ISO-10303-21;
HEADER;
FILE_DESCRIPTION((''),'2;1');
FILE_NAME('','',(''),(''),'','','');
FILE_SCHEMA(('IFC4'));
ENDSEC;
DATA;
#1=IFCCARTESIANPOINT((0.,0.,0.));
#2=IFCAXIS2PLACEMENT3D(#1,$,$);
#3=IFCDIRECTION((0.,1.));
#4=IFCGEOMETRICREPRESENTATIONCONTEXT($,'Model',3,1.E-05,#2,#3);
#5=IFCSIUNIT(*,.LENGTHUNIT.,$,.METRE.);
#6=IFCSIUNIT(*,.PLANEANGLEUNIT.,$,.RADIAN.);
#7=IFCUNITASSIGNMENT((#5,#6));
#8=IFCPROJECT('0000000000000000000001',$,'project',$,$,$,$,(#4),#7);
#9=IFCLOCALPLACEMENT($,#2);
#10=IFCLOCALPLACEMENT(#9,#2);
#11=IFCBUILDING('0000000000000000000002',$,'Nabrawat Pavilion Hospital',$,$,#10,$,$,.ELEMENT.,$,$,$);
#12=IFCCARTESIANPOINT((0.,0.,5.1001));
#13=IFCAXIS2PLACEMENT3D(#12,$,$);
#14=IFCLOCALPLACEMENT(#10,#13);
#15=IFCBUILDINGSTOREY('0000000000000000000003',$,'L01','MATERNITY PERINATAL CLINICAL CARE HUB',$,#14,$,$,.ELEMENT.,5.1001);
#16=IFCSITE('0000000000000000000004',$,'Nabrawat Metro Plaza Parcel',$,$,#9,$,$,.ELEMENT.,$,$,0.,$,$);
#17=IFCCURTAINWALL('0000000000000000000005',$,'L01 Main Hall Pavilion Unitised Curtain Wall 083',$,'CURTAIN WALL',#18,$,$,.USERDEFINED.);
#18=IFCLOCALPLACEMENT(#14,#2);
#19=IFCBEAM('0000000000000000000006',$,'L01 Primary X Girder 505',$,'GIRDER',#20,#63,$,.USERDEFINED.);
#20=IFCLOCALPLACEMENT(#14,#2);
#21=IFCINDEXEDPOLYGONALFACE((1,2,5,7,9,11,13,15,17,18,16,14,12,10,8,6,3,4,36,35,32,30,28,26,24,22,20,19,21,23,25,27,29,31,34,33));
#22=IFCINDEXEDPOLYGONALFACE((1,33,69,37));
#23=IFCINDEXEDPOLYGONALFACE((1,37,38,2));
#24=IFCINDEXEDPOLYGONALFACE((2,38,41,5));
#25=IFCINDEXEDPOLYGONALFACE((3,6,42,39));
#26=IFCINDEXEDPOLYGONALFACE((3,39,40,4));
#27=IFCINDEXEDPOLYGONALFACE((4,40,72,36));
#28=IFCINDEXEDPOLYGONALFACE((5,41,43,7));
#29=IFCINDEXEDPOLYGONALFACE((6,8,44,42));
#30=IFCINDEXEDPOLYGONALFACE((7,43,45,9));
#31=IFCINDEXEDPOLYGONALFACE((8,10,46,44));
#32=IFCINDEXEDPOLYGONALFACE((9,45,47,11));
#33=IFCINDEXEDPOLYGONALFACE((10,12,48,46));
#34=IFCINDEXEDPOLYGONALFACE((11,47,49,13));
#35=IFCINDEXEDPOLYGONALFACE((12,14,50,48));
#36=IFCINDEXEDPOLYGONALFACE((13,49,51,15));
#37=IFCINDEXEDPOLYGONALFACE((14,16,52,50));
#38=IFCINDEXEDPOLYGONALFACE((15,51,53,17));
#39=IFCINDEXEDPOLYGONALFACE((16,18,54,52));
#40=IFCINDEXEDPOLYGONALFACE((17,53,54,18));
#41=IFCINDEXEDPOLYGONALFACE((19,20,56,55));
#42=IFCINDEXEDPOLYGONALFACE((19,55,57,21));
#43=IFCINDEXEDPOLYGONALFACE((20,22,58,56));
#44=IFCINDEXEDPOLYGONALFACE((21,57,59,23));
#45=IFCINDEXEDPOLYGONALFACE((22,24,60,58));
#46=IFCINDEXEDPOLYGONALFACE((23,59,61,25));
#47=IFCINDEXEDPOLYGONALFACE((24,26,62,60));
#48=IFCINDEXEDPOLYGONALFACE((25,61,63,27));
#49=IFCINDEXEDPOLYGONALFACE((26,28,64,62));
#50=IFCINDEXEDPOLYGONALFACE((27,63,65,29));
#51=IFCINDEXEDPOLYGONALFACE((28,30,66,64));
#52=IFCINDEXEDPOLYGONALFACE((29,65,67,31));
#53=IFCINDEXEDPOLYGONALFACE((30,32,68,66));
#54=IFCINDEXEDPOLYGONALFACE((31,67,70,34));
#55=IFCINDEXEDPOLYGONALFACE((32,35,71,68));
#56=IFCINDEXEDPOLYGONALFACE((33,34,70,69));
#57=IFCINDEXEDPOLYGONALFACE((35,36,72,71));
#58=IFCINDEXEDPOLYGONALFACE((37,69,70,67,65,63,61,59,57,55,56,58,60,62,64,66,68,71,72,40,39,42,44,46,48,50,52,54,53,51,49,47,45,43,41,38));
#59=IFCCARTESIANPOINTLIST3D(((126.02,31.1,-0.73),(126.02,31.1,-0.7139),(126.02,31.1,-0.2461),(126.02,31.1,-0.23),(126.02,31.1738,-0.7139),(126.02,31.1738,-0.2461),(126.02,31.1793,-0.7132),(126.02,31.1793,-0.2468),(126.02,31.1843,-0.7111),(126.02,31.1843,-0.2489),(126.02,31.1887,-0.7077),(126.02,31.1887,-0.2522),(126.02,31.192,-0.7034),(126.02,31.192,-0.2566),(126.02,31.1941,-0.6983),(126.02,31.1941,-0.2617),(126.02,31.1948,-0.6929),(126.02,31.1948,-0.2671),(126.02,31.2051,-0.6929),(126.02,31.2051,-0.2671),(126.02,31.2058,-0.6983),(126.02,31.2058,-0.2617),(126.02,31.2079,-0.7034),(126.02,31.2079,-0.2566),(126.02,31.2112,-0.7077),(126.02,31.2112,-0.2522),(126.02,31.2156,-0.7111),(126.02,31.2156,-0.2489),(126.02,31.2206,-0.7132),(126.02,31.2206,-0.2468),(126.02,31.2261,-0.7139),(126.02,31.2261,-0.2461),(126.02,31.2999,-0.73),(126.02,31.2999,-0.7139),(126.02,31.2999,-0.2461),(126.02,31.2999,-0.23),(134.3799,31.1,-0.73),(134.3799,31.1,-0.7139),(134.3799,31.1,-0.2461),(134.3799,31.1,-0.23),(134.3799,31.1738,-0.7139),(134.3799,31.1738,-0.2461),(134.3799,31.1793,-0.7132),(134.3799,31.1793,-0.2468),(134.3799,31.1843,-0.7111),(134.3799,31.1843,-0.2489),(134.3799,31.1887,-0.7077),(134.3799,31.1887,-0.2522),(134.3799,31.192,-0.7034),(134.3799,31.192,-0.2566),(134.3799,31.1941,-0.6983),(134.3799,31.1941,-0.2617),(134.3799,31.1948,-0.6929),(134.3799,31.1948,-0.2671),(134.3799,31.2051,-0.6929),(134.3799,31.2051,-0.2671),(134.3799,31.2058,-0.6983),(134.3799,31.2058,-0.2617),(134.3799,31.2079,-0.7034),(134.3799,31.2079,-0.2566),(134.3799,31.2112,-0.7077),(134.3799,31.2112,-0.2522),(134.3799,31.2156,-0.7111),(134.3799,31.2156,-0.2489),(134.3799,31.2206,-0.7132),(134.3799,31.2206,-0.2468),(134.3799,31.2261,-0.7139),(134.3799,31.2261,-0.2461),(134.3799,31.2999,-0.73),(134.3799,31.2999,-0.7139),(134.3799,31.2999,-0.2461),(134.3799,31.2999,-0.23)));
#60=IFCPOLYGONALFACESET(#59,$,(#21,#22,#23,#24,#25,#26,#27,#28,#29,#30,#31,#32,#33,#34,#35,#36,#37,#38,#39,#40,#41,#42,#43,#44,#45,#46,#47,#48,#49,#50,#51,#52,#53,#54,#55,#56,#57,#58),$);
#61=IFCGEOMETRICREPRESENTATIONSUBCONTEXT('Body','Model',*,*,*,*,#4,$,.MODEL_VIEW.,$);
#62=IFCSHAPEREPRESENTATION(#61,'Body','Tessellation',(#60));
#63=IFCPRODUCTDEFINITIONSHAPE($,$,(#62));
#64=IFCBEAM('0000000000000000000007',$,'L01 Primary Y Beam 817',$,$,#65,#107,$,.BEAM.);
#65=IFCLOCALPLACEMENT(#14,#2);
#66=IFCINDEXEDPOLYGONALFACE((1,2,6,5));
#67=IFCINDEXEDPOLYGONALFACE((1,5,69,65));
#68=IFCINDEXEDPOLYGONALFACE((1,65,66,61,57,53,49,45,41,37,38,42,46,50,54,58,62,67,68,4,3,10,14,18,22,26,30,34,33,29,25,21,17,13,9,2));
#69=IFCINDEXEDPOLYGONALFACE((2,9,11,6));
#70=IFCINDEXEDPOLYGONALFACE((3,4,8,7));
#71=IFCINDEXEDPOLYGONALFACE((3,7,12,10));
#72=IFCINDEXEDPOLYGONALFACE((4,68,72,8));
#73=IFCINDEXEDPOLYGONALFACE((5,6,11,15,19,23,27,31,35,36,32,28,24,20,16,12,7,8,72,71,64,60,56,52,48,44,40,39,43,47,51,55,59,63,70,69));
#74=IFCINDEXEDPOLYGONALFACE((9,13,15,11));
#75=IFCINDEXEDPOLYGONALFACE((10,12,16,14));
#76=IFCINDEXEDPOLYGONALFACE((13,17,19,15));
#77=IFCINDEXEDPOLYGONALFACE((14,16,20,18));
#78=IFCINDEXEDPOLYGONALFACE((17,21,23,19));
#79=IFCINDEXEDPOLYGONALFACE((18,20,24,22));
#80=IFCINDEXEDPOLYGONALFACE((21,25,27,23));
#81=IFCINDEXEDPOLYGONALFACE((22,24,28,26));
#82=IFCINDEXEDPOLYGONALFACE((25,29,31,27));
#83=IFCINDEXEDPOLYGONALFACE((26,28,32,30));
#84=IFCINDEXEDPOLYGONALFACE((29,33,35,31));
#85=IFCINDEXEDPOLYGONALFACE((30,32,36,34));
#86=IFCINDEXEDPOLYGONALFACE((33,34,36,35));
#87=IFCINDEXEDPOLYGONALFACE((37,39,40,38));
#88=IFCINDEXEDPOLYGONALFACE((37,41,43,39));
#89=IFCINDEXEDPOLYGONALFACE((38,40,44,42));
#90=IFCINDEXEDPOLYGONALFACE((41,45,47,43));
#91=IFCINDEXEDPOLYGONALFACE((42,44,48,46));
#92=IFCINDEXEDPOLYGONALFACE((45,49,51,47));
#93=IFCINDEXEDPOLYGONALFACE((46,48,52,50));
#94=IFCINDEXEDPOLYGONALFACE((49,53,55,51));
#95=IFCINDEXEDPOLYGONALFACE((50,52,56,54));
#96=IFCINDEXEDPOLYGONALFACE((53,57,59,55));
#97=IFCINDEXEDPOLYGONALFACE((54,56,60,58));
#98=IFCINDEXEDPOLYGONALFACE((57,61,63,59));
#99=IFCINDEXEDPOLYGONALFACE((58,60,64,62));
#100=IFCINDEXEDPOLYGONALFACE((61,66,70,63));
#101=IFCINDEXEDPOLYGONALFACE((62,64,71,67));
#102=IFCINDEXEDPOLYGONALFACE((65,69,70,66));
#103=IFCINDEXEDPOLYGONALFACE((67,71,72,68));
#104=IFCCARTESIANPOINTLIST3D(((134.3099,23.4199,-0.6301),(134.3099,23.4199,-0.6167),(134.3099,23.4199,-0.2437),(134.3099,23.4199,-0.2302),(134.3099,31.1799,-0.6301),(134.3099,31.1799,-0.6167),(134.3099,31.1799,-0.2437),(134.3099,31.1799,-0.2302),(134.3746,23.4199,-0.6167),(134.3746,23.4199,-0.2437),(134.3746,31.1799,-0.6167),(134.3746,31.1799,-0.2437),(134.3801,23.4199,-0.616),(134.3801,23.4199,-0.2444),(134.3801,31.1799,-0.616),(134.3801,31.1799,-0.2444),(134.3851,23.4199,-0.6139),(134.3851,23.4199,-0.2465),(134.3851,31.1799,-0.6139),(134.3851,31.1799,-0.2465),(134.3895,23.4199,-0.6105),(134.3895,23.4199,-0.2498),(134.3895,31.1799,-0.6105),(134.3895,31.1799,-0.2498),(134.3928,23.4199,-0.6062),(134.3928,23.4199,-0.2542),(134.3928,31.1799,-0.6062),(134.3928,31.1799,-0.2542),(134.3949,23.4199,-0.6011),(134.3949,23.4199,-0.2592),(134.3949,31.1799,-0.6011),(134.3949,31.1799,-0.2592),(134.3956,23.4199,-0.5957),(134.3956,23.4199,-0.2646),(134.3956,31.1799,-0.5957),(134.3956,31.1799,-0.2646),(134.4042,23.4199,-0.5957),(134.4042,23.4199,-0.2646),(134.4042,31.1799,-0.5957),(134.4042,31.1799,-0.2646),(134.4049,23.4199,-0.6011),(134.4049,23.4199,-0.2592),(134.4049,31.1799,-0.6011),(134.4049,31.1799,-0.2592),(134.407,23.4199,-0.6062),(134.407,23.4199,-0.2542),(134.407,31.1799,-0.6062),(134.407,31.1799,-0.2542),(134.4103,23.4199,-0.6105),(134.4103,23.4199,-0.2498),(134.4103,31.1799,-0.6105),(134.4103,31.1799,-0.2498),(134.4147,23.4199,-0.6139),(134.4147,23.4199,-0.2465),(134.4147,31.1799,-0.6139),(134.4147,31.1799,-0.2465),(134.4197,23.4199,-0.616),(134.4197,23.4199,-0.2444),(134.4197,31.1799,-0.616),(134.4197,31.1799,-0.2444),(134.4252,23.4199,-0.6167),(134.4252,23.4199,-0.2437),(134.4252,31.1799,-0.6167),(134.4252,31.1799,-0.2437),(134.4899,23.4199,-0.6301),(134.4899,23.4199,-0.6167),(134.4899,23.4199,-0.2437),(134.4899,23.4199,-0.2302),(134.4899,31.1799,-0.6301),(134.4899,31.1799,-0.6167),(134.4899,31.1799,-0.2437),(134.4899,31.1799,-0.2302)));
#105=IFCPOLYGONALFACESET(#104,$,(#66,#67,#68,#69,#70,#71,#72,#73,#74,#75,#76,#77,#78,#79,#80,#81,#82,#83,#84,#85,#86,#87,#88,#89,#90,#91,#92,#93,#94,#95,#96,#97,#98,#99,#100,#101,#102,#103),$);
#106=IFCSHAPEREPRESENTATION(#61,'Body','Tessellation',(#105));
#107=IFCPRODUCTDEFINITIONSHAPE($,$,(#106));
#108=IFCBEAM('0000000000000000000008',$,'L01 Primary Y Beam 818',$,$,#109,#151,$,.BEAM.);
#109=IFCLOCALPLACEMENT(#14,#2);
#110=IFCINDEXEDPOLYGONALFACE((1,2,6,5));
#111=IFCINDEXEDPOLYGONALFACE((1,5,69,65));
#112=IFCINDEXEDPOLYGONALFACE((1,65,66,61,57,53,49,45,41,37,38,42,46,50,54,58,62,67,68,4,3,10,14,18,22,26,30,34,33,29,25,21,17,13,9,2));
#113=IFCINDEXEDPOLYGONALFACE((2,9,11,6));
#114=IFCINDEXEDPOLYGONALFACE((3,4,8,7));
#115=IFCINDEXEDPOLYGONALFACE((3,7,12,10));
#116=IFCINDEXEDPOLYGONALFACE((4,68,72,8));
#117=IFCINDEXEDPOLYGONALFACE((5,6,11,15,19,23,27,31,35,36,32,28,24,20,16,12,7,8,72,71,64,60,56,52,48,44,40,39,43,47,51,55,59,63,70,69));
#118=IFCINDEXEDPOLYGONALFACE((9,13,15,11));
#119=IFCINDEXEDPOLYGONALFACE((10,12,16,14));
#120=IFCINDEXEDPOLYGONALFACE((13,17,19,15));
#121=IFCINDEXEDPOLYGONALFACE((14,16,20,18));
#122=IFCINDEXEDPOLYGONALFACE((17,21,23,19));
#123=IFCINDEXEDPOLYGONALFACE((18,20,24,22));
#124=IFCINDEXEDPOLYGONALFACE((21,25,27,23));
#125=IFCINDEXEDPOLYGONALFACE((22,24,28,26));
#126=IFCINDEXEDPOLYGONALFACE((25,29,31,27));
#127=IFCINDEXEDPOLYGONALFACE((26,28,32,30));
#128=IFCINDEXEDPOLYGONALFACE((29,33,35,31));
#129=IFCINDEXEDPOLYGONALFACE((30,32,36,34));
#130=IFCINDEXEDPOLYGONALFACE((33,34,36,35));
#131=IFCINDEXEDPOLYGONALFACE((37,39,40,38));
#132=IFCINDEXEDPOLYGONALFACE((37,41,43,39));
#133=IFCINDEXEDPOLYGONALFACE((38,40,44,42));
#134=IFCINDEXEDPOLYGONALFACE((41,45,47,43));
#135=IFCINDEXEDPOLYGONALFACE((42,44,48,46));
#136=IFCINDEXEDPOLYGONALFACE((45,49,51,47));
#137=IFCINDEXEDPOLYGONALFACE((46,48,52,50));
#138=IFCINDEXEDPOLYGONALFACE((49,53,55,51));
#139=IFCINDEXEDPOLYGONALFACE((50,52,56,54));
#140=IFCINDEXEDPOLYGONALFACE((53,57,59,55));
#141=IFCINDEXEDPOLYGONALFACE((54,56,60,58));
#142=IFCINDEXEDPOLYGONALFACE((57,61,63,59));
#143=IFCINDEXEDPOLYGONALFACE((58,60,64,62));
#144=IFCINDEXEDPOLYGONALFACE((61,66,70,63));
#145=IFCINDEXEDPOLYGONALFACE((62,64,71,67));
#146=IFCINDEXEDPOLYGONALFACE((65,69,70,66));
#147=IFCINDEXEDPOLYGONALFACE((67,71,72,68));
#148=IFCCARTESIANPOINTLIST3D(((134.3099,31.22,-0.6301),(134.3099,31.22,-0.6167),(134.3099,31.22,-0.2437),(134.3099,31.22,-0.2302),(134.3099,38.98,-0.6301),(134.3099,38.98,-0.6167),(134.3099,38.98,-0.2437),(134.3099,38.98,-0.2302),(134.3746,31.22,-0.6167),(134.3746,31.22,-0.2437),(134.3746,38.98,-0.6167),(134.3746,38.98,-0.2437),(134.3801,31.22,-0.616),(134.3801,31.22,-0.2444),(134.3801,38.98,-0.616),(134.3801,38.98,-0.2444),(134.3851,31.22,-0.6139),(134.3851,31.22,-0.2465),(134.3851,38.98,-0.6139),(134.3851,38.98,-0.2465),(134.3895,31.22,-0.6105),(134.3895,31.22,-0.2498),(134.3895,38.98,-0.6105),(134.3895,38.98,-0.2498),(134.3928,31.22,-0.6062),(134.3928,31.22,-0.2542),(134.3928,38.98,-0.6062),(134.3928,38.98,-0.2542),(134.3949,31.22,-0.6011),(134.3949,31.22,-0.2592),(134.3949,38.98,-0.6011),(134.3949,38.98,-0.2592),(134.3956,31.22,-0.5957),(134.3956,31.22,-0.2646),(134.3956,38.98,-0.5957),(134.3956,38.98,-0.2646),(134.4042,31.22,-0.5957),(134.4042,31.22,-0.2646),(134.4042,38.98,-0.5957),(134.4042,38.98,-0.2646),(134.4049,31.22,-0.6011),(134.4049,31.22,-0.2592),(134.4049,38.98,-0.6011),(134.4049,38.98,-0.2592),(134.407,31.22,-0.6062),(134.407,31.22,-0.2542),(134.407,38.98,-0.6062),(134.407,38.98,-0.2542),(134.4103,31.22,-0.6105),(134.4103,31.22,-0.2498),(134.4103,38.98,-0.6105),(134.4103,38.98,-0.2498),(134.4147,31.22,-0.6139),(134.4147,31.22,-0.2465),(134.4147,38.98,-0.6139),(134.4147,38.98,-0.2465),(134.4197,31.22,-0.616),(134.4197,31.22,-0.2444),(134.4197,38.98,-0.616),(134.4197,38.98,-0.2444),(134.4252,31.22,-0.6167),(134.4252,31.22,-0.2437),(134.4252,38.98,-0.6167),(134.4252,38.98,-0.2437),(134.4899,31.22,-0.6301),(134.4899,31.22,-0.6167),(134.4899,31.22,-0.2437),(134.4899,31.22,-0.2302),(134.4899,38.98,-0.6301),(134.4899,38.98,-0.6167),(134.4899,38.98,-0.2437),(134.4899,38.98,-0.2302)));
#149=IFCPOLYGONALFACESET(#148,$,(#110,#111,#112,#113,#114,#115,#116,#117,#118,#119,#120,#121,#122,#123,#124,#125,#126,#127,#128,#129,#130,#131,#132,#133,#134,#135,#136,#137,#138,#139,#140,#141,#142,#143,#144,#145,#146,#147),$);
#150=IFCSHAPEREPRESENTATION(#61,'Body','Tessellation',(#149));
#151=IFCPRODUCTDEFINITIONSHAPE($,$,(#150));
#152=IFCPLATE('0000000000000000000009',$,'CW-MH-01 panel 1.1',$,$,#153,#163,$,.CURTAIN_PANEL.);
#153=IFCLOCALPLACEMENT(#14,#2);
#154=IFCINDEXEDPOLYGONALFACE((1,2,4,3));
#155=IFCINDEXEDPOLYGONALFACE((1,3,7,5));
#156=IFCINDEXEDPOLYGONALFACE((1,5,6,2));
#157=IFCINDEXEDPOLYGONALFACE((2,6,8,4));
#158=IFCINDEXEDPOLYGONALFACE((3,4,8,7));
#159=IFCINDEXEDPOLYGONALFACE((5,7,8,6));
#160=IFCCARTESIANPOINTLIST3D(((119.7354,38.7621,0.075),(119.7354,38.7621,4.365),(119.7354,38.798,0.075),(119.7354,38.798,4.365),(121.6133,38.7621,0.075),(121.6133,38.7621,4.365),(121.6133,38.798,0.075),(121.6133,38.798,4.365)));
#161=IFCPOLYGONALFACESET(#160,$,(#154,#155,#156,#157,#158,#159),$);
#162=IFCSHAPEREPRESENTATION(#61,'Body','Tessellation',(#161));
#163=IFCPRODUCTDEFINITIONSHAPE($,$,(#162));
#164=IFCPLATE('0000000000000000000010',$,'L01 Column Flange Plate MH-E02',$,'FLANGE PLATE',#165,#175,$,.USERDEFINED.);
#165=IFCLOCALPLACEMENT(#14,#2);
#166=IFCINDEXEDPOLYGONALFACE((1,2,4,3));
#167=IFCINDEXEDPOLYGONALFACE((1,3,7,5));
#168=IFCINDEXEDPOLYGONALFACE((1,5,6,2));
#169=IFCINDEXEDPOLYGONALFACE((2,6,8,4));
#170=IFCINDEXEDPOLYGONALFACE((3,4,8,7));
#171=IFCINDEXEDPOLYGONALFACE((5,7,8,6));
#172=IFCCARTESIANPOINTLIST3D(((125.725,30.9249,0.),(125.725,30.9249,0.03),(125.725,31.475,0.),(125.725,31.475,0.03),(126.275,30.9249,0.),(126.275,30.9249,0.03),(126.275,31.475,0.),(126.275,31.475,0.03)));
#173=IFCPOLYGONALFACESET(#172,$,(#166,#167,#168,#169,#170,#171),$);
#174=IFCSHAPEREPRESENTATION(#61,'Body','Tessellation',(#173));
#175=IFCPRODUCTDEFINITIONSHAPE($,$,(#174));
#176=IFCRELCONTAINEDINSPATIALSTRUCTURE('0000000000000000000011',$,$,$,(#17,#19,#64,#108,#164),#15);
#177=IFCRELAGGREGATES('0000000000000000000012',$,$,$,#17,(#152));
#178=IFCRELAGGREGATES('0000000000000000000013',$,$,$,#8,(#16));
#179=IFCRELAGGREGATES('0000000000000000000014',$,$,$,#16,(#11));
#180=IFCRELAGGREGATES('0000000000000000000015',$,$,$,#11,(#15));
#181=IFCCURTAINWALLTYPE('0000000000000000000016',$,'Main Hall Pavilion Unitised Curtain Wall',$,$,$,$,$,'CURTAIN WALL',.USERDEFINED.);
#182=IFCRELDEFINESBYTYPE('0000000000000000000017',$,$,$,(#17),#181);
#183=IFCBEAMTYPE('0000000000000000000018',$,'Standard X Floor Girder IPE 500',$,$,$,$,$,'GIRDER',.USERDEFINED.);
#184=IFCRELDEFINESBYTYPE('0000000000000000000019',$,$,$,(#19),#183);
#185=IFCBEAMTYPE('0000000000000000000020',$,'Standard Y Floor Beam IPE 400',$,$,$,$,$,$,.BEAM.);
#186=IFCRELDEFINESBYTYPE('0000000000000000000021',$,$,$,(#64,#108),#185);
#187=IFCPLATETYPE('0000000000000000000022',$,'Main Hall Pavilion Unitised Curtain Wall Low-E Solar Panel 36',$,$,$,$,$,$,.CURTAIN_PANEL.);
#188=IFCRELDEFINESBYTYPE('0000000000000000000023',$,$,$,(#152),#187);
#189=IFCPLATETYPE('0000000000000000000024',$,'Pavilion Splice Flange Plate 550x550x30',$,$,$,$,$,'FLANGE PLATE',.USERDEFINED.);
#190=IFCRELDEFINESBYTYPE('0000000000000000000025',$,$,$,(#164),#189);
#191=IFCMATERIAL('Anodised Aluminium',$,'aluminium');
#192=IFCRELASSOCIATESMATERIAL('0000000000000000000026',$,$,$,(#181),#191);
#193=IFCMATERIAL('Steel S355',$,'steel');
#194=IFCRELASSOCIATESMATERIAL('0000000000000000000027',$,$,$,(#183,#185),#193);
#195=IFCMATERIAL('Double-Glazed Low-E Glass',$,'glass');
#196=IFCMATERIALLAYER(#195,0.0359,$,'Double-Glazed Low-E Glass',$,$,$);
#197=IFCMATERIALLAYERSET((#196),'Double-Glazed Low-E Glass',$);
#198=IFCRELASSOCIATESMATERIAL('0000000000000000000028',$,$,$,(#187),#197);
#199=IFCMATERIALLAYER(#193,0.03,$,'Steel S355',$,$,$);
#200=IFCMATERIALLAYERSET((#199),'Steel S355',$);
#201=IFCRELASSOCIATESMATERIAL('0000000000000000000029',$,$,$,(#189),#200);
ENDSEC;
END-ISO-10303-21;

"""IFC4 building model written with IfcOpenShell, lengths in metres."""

from ifc_helpers import new_model, si_unit, direction, frame, origin, origin_2d, place, context, subcontext, project, spatial, rectangle, i_section, extrude, material, layer, layer_set, material_profile, profile_set, type_object, element, aggregate, save


model = new_model("IFC4")

# Units and contexts
model_context = context("Model", 3, precision=1e-05, world=origin(), true_north=direction((0.0, 1.0)))
body_context = subcontext(model_context, "Body", "Model", "MODEL_VIEW")
ifc_project = project(units=[si_unit("LENGTHUNIT", "METRE"), si_unit("PLANEANGLEUNIT", "RADIAN")], contexts=[model_context])

# Site, building, storey
site_placement = place(None, origin())
site = spatial("IfcSite", under=ifc_project, at=site_placement, Name="Nabrawat Metro Plaza Parcel", CompositionType="ELEMENT", RefElevation=0.0)
building_placement = place(site_placement, origin())
building = spatial("IfcBuilding", under=site, at=building_placement, Name="Nabrawat Pavilion Hospital", CompositionType="ELEMENT")
storey_placement = place(building_placement, frame((0.0, 0.0, 5.1001)))
storey = spatial("IfcBuildingStorey", under=building, at=storey_placement, Name="L01", Description="MATERNITY PERINATAL CLINICAL CARE HUB", CompositionType="ELEMENT", Elevation=5.1001)

# Shared definitions
ifc_material_1 = material(Name="Steel S355", Category="steel")

# Curtain wall
ifc_material_2 = material(Name="Anodised Aluminium", Category="aluminium")
curtain_wall_type = type_object("IfcCurtainWallType", Name="Main Hall Pavilion Unitised Curtain Wall", ElementType="CURTAIN WALL", PredefinedType="USERDEFINED", material=ifc_material_2)
curtain_wall_placement = place(storey_placement, origin())
curtain_wall = element("IfcCurtainWall", 1, at=curtain_wall_placement, inside=storey, type_object=curtain_wall_type, Name="L01 Main Hall Pavilion Unitised Curtain Wall 083", ObjectType="CURTAIN WALL", PredefinedType="USERDEFINED")

# Beams
ifc_material_profile_1 = material_profile(ifc_material_1, i_section(OverallWidth=0.2, OverallDepth=0.5, WebThickness=0.0103, FlangeThickness=0.0161, FilletRadius=0.021, at=origin_2d()), Name="IPE 500")
ifc_profile_set_1 = profile_set([ifc_material_profile_1], Name="Steel S355")
beam_type_1 = type_object("IfcBeamType", Name="Standard X Floor Girder IPE 500", ElementType="GIRDER", PredefinedType="USERDEFINED", material=ifc_profile_set_1)
for number, where, z_axis, x_axis, name in (
    (2, (126.02, 31.2, -0.48), (1.0, 0.0, 0.0), (0.0, 1.0, 0.0), "L01 Primary X Girder 505"),
):
    element("IfcBeam", number, at=place(storey_placement, frame(where, z_axis=z_axis, x_axis=x_axis)), inside=storey, type_object=beam_type_1, Name=name, ObjectType="GIRDER", PredefinedType="USERDEFINED", context=body_context, shape_type="SweptSolid", body=[
        extrude(i_section(OverallWidth=0.2, OverallDepth=0.5, WebThickness=0.0103, FlangeThickness=0.0161, FilletRadius=0.021, at=origin_2d()), origin(), (0.0, 0.0, 1.0), 8.3599),
    ])
ifc_material_profile_2 = material_profile(ifc_material_1, i_section(OverallWidth=0.1799, OverallDepth=0.3999, WebThickness=0.0085, FlangeThickness=0.0134, FilletRadius=0.021, at=origin_2d()), Name="IPE 400")
ifc_profile_set_2 = profile_set([ifc_material_profile_2], Name="Steel S355")
beam_type_2 = type_object("IfcBeamType", Name="Standard Y Floor Beam IPE 400", PredefinedType="BEAM", material=ifc_profile_set_2)
for number, where, z_axis, x_axis, name in (
    (3, (134.3999, 23.4199, -0.4302), (0.0, 1.0, 0.0), (-1.0, 0.0, 0.0), "L01 Primary Y Beam 817"),
    (4, (134.3999, 31.22, -0.4302), (0.0, 1.0, 0.0), (-1.0, 0.0, 0.0), "L01 Primary Y Beam 818"),
):
    element("IfcBeam", number, at=place(storey_placement, frame(where, z_axis=z_axis, x_axis=x_axis)), inside=storey, type_object=beam_type_2, Name=name, PredefinedType="BEAM", context=body_context, shape_type="SweptSolid", body=[
        extrude(i_section(OverallWidth=0.1799, OverallDepth=0.3999, WebThickness=0.0085, FlangeThickness=0.0134, FilletRadius=0.021, at=origin_2d()), origin(), (0.0, 0.0, 1.0), 7.76),
    ])

# Plates
ifc_material_3 = material(Name="Double-Glazed Low-E Glass", Category="glass")
ifc_layer_1 = layer(ifc_material_3, 0.0359, Name="Double-Glazed Low-E Glass")
ifc_layer_set_1 = layer_set([ifc_layer_1], Name="Double-Glazed Low-E Glass")
plate_type_1 = type_object("IfcPlateType", Name="Main Hall Pavilion Unitised Curtain Wall Low-E Solar Panel 36", PredefinedType="CURTAIN_PANEL", material=ifc_layer_set_1)
plate_1_placement = place(storey_placement, frame((120.6743, 38.78, 0.075), z_axis=(0.0, 0.0, 1.0), x_axis=(1.0, 0.0, 0.0)))
plate_1 = element("IfcPlate", 5, at=plate_1_placement, type_object=plate_type_1, Name="CW-MH-01 panel 1.1", PredefinedType="CURTAIN_PANEL", context=body_context, shape_type="SweptSolid", body=[
    extrude(rectangle(XDim=1.8779, YDim=0.0359, at=origin_2d()), origin(), (0.0, 0.0, 1.0), 4.29),
])
aggregate(curtain_wall, [plate_1])
ifc_layer_2 = layer(ifc_material_1, 0.03, Name="Steel S355")
ifc_layer_set_2 = layer_set([ifc_layer_2], Name="Steel S355")
plate_type_2 = type_object("IfcPlateType", Name="Pavilion Splice Flange Plate 550x550x30", ElementType="FLANGE PLATE", PredefinedType="USERDEFINED", material=ifc_layer_set_2)
plate_2_placement = place(storey_placement, frame((126.0, 31.2, 0.0), z_axis=(0.0, 0.0, 1.0), x_axis=(1.0, 0.0, 0.0)))
element("IfcPlate", 6, at=plate_2_placement, inside=storey, type_object=plate_type_2, Name="L01 Column Flange Plate MH-E02", ObjectType="FLANGE PLATE", PredefinedType="USERDEFINED", context=body_context, shape_type="SweptSolid", body=[
    extrude(rectangle(XDim=0.55, YDim=0.55, at=origin_2d()), origin(), (0.0, 0.0, 1.0), 0.03),
])

save(model, "model.ifc")
